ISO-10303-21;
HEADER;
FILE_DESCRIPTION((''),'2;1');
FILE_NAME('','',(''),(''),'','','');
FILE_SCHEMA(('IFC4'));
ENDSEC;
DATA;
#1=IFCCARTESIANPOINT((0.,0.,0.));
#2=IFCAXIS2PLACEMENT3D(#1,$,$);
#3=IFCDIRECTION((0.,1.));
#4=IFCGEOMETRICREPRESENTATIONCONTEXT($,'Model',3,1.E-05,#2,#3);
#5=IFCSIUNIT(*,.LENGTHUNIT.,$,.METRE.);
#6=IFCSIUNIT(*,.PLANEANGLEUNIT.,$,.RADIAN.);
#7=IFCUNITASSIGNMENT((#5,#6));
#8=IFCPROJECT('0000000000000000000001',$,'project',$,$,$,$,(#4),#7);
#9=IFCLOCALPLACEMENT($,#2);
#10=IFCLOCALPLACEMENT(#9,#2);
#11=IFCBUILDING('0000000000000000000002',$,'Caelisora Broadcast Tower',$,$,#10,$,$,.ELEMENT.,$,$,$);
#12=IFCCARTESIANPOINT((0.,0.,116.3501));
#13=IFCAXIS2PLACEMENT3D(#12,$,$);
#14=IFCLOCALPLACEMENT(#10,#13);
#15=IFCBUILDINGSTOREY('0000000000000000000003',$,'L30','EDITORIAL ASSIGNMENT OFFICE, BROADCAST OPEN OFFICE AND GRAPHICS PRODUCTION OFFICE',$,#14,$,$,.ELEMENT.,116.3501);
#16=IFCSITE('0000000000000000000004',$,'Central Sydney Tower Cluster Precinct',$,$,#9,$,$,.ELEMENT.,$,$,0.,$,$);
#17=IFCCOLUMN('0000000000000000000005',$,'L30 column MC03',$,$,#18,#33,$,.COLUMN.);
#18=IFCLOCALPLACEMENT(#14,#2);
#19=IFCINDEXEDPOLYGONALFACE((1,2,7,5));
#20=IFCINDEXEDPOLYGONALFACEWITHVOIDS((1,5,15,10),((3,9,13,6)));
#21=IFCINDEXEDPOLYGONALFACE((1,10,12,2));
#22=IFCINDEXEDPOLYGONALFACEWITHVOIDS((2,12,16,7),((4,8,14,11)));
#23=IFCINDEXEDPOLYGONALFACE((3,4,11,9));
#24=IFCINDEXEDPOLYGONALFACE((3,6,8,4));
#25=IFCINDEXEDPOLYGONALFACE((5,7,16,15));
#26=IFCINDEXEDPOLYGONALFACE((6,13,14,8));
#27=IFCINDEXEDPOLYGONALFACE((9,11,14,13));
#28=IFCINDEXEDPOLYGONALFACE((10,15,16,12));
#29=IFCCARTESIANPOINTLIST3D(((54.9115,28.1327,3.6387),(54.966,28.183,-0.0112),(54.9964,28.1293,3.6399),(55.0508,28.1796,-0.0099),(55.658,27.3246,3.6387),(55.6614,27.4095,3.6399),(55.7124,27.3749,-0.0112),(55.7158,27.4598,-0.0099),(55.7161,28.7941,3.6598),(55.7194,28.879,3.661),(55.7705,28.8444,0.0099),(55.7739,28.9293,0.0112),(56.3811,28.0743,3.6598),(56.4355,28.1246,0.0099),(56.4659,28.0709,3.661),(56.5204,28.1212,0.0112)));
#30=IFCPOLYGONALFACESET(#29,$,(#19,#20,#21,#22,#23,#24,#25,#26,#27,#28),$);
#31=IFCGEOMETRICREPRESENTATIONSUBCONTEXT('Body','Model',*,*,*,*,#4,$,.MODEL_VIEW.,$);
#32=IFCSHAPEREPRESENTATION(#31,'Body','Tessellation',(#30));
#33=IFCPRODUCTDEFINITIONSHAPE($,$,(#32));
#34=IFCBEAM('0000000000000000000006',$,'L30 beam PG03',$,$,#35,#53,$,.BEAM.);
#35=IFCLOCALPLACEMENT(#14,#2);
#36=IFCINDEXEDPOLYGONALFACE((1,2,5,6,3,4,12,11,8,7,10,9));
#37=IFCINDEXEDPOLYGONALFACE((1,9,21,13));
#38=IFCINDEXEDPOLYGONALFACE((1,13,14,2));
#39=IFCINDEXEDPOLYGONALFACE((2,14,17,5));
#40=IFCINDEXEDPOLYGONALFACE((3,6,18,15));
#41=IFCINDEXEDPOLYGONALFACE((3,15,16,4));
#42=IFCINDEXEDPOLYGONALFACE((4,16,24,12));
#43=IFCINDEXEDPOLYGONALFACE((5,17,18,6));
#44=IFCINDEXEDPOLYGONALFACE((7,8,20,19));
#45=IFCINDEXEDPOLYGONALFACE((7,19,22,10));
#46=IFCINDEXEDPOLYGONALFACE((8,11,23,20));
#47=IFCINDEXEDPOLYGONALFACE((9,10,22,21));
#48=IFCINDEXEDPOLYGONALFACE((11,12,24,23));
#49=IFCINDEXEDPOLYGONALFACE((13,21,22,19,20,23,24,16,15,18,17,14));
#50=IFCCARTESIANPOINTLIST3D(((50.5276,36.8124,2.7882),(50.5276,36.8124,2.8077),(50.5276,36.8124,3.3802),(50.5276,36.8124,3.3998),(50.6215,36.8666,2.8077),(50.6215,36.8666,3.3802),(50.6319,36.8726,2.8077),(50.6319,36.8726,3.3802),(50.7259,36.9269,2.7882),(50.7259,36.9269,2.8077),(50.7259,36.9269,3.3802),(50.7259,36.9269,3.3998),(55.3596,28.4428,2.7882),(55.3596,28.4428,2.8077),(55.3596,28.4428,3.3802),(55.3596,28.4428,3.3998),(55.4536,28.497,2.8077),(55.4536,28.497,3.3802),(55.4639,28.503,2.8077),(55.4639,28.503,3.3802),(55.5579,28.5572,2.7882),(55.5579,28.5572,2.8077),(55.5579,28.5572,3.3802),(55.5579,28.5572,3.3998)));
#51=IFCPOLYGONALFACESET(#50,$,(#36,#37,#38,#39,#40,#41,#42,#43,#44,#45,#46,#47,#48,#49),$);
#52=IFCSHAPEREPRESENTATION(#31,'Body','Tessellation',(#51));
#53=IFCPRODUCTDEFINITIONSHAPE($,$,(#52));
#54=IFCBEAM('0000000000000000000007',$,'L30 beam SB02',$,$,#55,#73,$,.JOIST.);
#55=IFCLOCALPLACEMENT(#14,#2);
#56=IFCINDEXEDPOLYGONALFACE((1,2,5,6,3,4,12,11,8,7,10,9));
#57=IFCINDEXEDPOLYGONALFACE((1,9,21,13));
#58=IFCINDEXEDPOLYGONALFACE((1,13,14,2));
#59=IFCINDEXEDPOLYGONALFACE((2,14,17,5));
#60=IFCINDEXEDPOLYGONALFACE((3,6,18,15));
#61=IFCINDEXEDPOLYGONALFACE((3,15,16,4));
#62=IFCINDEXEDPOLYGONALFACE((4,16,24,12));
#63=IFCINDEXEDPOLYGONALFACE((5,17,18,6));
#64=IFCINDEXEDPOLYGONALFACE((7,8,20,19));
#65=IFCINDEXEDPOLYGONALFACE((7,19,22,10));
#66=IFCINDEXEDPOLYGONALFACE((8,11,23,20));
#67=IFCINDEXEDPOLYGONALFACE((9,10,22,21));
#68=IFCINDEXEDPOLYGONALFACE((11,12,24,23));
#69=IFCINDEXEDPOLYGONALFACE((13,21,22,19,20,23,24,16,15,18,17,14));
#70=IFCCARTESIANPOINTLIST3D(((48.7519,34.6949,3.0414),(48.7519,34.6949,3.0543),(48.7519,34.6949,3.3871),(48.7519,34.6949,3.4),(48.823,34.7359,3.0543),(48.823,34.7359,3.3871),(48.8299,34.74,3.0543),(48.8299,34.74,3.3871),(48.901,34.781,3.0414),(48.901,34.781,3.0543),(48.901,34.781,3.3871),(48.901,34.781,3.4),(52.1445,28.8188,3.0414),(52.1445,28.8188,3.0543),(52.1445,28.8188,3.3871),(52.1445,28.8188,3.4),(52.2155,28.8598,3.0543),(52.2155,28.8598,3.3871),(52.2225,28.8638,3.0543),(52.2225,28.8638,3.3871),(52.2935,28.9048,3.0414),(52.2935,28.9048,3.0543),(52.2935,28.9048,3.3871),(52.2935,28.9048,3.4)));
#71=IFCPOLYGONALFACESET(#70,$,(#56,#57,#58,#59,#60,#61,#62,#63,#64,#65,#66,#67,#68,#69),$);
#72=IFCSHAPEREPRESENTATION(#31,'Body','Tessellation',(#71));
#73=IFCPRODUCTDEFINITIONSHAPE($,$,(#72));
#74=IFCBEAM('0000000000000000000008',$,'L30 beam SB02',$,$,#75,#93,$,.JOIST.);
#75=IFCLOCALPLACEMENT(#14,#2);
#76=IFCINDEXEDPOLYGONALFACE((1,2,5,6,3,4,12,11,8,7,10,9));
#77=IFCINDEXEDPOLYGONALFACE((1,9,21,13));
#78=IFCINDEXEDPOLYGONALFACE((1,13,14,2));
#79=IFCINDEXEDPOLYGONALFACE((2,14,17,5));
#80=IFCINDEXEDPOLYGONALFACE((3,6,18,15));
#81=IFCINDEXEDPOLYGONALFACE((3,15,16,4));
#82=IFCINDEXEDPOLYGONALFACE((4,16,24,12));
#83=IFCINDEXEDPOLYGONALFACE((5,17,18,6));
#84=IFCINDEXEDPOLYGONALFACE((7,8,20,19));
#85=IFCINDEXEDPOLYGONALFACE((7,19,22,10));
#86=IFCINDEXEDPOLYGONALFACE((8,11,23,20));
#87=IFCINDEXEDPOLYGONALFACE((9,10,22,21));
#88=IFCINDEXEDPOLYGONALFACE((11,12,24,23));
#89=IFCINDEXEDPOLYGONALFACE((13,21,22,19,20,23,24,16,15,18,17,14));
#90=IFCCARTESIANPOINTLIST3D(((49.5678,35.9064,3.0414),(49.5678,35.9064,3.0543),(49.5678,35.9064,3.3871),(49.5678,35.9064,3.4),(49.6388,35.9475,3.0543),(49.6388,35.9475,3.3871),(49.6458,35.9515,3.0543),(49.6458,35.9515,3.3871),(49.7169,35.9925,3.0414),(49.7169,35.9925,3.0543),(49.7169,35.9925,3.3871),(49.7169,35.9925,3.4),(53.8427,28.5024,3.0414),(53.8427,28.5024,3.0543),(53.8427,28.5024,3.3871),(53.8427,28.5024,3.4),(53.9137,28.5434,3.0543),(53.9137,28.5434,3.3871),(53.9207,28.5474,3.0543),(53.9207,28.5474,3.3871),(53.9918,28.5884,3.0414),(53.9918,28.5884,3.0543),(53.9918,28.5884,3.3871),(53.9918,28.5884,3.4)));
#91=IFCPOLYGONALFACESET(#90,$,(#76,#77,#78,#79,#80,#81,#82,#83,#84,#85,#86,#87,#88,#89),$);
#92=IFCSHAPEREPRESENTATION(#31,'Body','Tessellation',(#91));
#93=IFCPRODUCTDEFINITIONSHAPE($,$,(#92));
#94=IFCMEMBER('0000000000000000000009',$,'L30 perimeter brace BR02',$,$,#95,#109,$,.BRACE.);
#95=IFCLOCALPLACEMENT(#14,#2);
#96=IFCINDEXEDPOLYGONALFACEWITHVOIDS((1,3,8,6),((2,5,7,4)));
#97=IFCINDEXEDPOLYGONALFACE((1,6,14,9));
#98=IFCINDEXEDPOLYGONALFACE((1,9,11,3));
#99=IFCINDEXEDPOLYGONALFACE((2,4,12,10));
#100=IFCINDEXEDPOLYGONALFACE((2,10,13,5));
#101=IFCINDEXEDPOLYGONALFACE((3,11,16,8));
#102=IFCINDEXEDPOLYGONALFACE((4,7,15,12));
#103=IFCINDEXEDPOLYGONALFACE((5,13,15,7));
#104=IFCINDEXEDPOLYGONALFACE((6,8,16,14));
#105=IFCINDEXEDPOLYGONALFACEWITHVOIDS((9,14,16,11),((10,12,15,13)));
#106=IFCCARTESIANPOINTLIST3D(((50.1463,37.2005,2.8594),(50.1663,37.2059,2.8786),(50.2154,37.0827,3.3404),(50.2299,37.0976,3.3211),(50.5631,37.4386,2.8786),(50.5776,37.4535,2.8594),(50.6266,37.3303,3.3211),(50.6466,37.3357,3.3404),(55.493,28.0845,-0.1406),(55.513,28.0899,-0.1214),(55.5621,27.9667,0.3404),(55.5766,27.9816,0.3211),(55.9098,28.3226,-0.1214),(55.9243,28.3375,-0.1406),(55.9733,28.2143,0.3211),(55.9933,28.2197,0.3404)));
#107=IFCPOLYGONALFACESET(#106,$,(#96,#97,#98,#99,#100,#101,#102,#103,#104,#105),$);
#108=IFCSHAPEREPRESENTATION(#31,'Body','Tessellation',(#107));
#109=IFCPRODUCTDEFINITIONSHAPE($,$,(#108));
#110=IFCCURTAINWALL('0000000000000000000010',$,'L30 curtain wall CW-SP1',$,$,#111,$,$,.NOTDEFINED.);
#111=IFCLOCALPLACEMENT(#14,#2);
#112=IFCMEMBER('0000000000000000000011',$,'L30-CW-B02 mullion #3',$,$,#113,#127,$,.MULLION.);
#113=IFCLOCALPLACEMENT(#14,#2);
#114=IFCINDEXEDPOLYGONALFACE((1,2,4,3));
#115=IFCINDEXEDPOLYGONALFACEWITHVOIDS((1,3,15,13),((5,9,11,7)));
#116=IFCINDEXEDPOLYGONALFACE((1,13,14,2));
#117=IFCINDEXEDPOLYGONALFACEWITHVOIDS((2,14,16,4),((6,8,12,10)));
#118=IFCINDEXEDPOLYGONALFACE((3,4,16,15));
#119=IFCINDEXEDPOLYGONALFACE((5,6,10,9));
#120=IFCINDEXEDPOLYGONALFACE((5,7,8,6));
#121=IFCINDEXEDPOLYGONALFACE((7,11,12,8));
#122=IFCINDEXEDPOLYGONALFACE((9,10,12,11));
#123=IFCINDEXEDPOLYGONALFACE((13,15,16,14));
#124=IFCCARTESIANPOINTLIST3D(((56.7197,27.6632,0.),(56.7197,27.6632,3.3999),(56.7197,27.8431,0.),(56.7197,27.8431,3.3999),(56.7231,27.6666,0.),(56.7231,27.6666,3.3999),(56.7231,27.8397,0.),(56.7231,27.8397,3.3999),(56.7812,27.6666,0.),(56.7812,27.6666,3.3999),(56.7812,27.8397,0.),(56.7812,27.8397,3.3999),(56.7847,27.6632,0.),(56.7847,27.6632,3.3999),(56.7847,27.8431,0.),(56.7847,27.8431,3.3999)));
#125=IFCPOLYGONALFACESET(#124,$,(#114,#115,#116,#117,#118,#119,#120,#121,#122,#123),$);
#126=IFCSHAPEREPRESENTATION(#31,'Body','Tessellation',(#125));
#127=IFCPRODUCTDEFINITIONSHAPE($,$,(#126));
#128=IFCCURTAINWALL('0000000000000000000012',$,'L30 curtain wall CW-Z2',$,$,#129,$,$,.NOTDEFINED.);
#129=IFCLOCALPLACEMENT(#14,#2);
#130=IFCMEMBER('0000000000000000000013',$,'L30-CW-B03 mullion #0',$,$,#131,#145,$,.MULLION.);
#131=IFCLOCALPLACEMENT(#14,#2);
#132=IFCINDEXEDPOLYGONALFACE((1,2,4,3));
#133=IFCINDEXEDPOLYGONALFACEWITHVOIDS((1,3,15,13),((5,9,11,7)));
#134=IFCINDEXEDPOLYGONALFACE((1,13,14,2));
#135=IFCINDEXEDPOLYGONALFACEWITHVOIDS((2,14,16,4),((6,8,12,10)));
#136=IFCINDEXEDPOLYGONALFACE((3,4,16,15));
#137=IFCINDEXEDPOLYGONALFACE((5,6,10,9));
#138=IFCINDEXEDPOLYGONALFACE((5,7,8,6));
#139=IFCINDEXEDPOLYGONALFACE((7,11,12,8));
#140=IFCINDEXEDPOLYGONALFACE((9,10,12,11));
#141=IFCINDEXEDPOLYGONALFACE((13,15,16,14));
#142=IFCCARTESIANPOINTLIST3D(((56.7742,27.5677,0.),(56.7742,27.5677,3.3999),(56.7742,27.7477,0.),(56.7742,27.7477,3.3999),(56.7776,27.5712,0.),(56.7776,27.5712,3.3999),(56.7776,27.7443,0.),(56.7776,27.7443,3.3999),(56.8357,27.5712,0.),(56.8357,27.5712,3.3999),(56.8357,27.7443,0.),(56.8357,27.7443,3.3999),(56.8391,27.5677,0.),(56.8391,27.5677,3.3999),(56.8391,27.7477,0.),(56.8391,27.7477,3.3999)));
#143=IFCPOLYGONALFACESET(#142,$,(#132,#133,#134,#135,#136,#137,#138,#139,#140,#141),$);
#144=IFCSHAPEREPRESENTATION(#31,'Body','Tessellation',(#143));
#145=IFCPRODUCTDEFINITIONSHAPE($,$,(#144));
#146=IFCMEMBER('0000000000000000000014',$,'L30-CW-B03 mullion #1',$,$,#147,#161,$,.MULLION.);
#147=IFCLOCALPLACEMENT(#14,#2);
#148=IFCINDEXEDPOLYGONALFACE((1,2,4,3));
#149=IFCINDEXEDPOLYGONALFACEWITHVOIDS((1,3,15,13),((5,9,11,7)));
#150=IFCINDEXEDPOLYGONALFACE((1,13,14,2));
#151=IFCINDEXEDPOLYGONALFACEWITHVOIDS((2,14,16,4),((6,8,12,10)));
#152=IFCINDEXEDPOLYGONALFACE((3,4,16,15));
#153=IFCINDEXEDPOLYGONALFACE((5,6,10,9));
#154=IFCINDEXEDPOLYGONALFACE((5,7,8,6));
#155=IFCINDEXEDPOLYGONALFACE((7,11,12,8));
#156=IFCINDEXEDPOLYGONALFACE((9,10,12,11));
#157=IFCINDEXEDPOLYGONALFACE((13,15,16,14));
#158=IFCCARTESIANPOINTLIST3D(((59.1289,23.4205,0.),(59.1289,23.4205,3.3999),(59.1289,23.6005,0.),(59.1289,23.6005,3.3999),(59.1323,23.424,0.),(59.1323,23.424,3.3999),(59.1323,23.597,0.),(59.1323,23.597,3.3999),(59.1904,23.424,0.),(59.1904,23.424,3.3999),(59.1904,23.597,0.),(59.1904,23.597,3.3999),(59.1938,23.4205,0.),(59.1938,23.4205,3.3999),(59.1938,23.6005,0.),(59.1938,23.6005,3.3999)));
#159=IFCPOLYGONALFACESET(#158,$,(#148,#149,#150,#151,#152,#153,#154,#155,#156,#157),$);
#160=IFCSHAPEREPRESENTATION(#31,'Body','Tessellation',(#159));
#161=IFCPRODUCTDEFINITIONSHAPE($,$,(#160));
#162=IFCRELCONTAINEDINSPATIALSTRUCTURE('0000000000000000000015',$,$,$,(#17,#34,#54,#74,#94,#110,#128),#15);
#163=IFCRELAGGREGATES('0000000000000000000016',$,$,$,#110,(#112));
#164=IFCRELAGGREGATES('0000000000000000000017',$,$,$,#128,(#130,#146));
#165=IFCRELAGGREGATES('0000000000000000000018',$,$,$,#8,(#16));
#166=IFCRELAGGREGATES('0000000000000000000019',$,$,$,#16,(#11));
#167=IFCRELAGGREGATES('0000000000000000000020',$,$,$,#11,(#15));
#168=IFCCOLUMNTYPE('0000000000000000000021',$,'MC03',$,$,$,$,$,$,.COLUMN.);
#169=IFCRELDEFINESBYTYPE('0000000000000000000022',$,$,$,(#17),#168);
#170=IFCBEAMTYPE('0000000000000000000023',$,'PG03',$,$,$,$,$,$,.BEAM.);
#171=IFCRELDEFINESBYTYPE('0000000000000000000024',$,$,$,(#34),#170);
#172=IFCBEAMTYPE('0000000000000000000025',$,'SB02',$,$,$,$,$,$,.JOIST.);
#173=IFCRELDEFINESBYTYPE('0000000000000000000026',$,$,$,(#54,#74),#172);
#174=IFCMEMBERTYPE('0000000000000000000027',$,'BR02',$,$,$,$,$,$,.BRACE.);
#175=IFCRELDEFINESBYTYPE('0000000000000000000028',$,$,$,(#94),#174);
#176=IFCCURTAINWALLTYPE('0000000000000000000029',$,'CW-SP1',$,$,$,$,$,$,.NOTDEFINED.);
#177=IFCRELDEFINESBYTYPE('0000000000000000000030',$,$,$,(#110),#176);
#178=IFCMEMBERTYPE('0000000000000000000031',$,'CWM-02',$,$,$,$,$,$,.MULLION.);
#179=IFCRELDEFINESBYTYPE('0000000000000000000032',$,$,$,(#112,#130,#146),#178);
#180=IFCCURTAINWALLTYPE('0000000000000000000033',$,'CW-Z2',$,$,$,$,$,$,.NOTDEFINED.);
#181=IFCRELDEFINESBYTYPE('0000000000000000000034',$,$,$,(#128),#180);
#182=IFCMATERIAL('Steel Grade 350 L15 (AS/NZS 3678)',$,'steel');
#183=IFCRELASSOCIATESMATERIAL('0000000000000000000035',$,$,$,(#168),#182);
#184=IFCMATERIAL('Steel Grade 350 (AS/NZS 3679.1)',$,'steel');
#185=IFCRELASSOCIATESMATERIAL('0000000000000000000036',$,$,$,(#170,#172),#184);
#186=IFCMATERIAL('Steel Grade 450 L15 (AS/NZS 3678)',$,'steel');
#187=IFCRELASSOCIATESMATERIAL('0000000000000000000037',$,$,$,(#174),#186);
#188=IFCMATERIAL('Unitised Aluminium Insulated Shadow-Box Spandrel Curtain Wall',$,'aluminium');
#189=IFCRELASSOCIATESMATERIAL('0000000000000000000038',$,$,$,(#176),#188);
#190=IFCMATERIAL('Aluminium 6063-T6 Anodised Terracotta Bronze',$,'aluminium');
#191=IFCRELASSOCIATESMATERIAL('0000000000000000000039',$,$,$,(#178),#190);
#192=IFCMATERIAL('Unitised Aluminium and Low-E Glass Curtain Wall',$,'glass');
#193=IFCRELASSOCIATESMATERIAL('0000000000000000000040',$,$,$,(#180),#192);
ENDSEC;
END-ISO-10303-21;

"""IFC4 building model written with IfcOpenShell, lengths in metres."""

from ifc_helpers import new_model, si_unit, direction, frame, origin, origin_2d, place, context, subcontext, project, spatial, hollow_rectangle, i_section, extrude, source, transform, mapped, material, material_profile, profile_set, type_object, type_shapes, element, aggregate, save


model = new_model("IFC4")

# Units and contexts
model_context = context("Model", 3, precision=1e-05, world=origin(), true_north=direction((0.0, 1.0)))
body_context = subcontext(model_context, "Body", "Model", "MODEL_VIEW")
ifc_project = project(units=[si_unit("LENGTHUNIT", "METRE"), si_unit("PLANEANGLEUNIT", "RADIAN")], contexts=[model_context])

# Site, building, storey
site_placement = place(None, origin())
site = spatial("IfcSite", under=ifc_project, at=site_placement, Name="Central Sydney Tower Cluster Precinct", CompositionType="ELEMENT", RefElevation=0.0)
building_placement = place(site_placement, origin())
building = spatial("IfcBuilding", under=site, at=building_placement, Name="Caelisora Broadcast Tower", CompositionType="ELEMENT")
storey_placement = place(building_placement, frame((0.0, 0.0, 116.3501)))
storey = spatial("IfcBuildingStorey", under=building, at=storey_placement, Name="L30", Description="EDITORIAL ASSIGNMENT OFFICE, BROADCAST OPEN OFFICE AND GRAPHICS PRODUCTION OFFICE", CompositionType="ELEMENT", Elevation=116.3501)

# Column
ifc_material_1 = material(Name="Steel Grade 350 L15 (AS/NZS 3678)", Category="steel")
ifc_material_profile_1 = material_profile(ifc_material_1, hollow_rectangle(XDim=1.1001, YDim=1.1001, WallThickness=0.0601, at=origin_2d()), Name="Steel Grade 350 L15 (AS/NZS 3678)")
ifc_profile_set_1 = profile_set([ifc_material_profile_1], Name="Steel Grade 350 L15 (AS/NZS 3678)")
column_type = type_object("IfcColumnType", Name="MC03", PredefinedType="COLUMN", material=ifc_profile_set_1)
shared_shape_1 = source(origin(), body_context, "Body", "SweptSolid", [
    extrude(hollow_rectangle(XDim=1.1001, YDim=1.1001, WallThickness=0.0601, at=origin_2d()), origin(), (0.0, 0.0, 1.0), 3.6506),
])
type_shapes(column_type, [shared_shape_1])
column_placement = place(storey_placement, frame((55.7432, 28.1521, 0.0), z_axis=(-0.014913, -0.013776, 0.999794), x_axis=(0.678554, -0.734551, 0.0)))
element("IfcColumn", 1, at=column_placement, inside=storey, type_object=column_type, Name="L30 column MC03", PredefinedType="COLUMN", context=body_context, shape_type="MappedRepresentation", body=[
    mapped(shared_shape_1, transform((0.0, 0.0, 0.0), scale=1.0)),
])

# Beams
ifc_material_2 = material(Name="Steel Grade 350 (AS/NZS 3679.1)", Category="steel")
ifc_material_profile_2 = material_profile(ifc_material_2, i_section(OverallWidth=0.229, OverallDepth=0.6116, WebThickness=0.012, FlangeThickness=0.0195, at=origin_2d()), Name="Steel Grade 350 (AS/NZS 3679.1)")
ifc_profile_set_2 = profile_set([ifc_material_profile_2], Name="Steel Grade 350 (AS/NZS 3679.1)")
beam_type_1 = type_object("IfcBeamType", Name="PG03", PredefinedType="BEAM", material=ifc_profile_set_2)
shared_shape_2 = source(origin(), body_context, "Body", "SweptSolid", [
    extrude(i_section(OverallWidth=0.229, OverallDepth=0.6116, WebThickness=0.012, FlangeThickness=0.0195, at=origin_2d()), origin(), (0.0, 0.0, 1.0), 9.6643),
])
type_shapes(beam_type_1, [shared_shape_2])
beam_1_placement = place(storey_placement, frame((55.4587, 28.5, 3.094), z_axis=(-0.499986, 0.866033, 0.0), x_axis=(-0.866033, -0.499986, 0.0)))
element("IfcBeam", 2, at=beam_1_placement, inside=storey, type_object=beam_type_1, Name="L30 beam PG03", PredefinedType="BEAM", context=body_context, shape_type="MappedRepresentation", body=[
    mapped(shared_shape_2, transform((0.0, 0.0, 0.0), scale=1.0)),
])
ifc_material_profile_3 = material_profile(ifc_material_2, i_section(OverallWidth=0.1721, OverallDepth=0.3586, WebThickness=0.0081, FlangeThickness=0.0129, at=origin_2d()), Name="Steel Grade 350 (AS/NZS 3679.1)")
ifc_profile_set_3 = profile_set([ifc_material_profile_3], Name="Steel Grade 350 (AS/NZS 3679.1)")
beam_type_2 = type_object("IfcBeamType", Name="SB02", PredefinedType="JOIST", material=ifc_profile_set_3)
shared_shape_3 = source(origin(), body_context, "Body", "SweptSolid", [
    extrude(i_section(OverallWidth=0.1721, OverallDepth=0.3586, WebThickness=0.0081, FlangeThickness=0.0129, at=origin_2d()), origin(), (0.0, 0.0, 1.0), 6.7852),
])
beam_2_placement = place(storey_placement, frame((52.219, 28.8618, 3.2207), z_axis=(-0.499993, 0.866029, 0.0), x_axis=(-0.866029, -0.499993, 0.0)))
element("IfcBeam", 3, at=beam_2_placement, inside=storey, type_object=beam_type_2, Name="L30 beam SB02", PredefinedType="JOIST", context=body_context, shape_type="MappedRepresentation", body=[
    mapped(shared_shape_3, transform((0.0, 0.0, 0.0), scale=1.0)),
])
shared_shape_4 = source(origin(), body_context, "Body", "SweptSolid", [
    extrude(i_section(OverallWidth=0.1721, OverallDepth=0.3586, WebThickness=0.0081, FlangeThickness=0.0129, at=origin_2d()), origin(), (0.0, 0.0, 1.0), 8.5496),
])
type_shapes(beam_type_2, [shared_shape_3, shared_shape_4])
beam_3_placement = place(storey_placement, frame((53.9172, 28.5454, 3.2207), z_axis=(-0.500015, 0.866017, 0.0), x_axis=(-0.866017, -0.500015, 0.0)))
element("IfcBeam", 4, at=beam_3_placement, inside=storey, type_object=beam_type_2, Name="L30 beam SB02", PredefinedType="JOIST", context=body_context, shape_type="MappedRepresentation", body=[
    mapped(shared_shape_4, transform((0.0, 0.0, 0.0), scale=1.0)),
])

# Member
ifc_material_3 = material(Name="Steel Grade 450 L15 (AS/NZS 3678)", Category="steel")
ifc_material_profile_4 = material_profile(ifc_material_3, hollow_rectangle(XDim=0.5, YDim=0.5, WallThickness=0.02, at=origin_2d()), Name="Steel Grade 450 L15 (AS/NZS 3678)")
ifc_profile_set_4 = profile_set([ifc_material_profile_4], Name="Steel Grade 450 L15 (AS/NZS 3678)")
member_type_1 = type_object("IfcMemberType", Name="BR02", PredefinedType="BRACE", material=ifc_profile_set_4)
shared_shape_5 = source(origin(), body_context, "Body", "SweptSolid", [
    extrude(hollow_rectangle(XDim=0.5, YDim=0.5, WallThickness=0.02, at=origin_2d()), origin(), (0.0, 0.0, 1.0), 10.9858),
])
type_shapes(member_type_1, [shared_shape_5])
member_1_placement = place(storey_placement, frame((55.7432, 28.1521, 0.0999), z_axis=(-0.48669, 0.829795, 0.27308), x_axis=(-0.862581, -0.505919, 0.0)))
element("IfcMember", 5, at=member_1_placement, inside=storey, type_object=member_type_1, Name="L30 perimeter brace BR02", PredefinedType="BRACE", context=body_context, shape_type="MappedRepresentation", body=[
    mapped(shared_shape_5, transform((0.0, 0.0, 0.0), scale=1.0)),
])

# Curtain wall, member
ifc_material_4 = material(Name="Unitised Aluminium Insulated Shadow-Box Spandrel Curtain Wall", Category="aluminium")
curtain_wall_type_1 = type_object("IfcCurtainWallType", Name="CW-SP1", PredefinedType="NOTDEFINED", material=ifc_material_4)
curtain_wall_1_placement = place(storey_placement, origin())
curtain_wall_1 = element("IfcCurtainWall", 6, at=curtain_wall_1_placement, inside=storey, type_object=curtain_wall_type_1, Name="L30 curtain wall CW-SP1", PredefinedType="NOTDEFINED")
ifc_material_5 = material(Name="Aluminium 6063-T6 Anodised Terracotta Bronze", Category="aluminium")
ifc_material_profile_5 = material_profile(ifc_material_5, hollow_rectangle(XDim=0.0649, YDim=0.1799, WallThickness=0.0034, at=origin_2d()), Name="Aluminium 6063-T6 Anodised Terracotta Bronze")
ifc_profile_set_5 = profile_set([ifc_material_profile_5], Name="Aluminium 6063-T6 Anodised Terracotta Bronze")
member_type_2 = type_object("IfcMemberType", Name="CWM-02", PredefinedType="MULLION", material=ifc_profile_set_5)
shared_shape_6 = source(origin(), body_context, "Body", "SweptSolid", [
    extrude(hollow_rectangle(XDim=0.0649, YDim=0.1799, WallThickness=0.0034, at=origin_2d()), origin(), (0.0, 0.0, 1.0), 3.3999),
])
type_shapes(member_type_2, [shared_shape_6])
member_2_placement = place(storey_placement, frame((56.7522, 27.7532, 0.0), z_axis=(0.0, 0.0, 1.0), x_axis=(1.0, 0.0, 0.0)))
member_2 = element("IfcMember", 7, at=member_2_placement, type_object=member_type_2, Name="L30-CW-B02 mullion #3", PredefinedType="MULLION", context=body_context, shape_type="MappedRepresentation", body=[
    mapped(shared_shape_6, transform((0.0, 0.0, 0.0), scale=1.0)),
])

# Curtain wall, members
ifc_material_6 = material(Name="Unitised Aluminium and Low-E Glass Curtain Wall", Category="glass")
curtain_wall_type_2 = type_object("IfcCurtainWallType", Name="CW-Z2", PredefinedType="NOTDEFINED", material=ifc_material_6)
curtain_wall_2_placement = place(storey_placement, origin())
curtain_wall_2 = element("IfcCurtainWall", 8, at=curtain_wall_2_placement, inside=storey, type_object=curtain_wall_type_2, Name="L30 curtain wall CW-Z2", PredefinedType="NOTDEFINED")
member_3_placement = place(storey_placement, frame((56.8066, 27.6577, 0.0), z_axis=(0.0, 0.0, 1.0), x_axis=(1.0, 0.0, 0.0)))
member_3 = element("IfcMember", 9, at=member_3_placement, type_object=member_type_2, Name="L30-CW-B03 mullion #0", PredefinedType="MULLION", context=body_context, shape_type="MappedRepresentation", body=[
    mapped(shared_shape_6, transform((0.0, 0.0, 0.0), scale=1.0)),
])
member_4_placement = place(storey_placement, frame((59.1614, 23.5105, 0.0), z_axis=(0.0, 0.0, 1.0), x_axis=(1.0, 0.0, 0.0)))
member_4 = element("IfcMember", 10, at=member_4_placement, type_object=member_type_2, Name="L30-CW-B03 mullion #1", PredefinedType="MULLION", context=body_context, shape_type="MappedRepresentation", body=[
    mapped(shared_shape_6, transform((0.0, 0.0, 0.0), scale=1.0)),
])

aggregate(curtain_wall_1, [member_2])
aggregate(curtain_wall_2, [member_3, member_4])

save(model, "model.ifc")
